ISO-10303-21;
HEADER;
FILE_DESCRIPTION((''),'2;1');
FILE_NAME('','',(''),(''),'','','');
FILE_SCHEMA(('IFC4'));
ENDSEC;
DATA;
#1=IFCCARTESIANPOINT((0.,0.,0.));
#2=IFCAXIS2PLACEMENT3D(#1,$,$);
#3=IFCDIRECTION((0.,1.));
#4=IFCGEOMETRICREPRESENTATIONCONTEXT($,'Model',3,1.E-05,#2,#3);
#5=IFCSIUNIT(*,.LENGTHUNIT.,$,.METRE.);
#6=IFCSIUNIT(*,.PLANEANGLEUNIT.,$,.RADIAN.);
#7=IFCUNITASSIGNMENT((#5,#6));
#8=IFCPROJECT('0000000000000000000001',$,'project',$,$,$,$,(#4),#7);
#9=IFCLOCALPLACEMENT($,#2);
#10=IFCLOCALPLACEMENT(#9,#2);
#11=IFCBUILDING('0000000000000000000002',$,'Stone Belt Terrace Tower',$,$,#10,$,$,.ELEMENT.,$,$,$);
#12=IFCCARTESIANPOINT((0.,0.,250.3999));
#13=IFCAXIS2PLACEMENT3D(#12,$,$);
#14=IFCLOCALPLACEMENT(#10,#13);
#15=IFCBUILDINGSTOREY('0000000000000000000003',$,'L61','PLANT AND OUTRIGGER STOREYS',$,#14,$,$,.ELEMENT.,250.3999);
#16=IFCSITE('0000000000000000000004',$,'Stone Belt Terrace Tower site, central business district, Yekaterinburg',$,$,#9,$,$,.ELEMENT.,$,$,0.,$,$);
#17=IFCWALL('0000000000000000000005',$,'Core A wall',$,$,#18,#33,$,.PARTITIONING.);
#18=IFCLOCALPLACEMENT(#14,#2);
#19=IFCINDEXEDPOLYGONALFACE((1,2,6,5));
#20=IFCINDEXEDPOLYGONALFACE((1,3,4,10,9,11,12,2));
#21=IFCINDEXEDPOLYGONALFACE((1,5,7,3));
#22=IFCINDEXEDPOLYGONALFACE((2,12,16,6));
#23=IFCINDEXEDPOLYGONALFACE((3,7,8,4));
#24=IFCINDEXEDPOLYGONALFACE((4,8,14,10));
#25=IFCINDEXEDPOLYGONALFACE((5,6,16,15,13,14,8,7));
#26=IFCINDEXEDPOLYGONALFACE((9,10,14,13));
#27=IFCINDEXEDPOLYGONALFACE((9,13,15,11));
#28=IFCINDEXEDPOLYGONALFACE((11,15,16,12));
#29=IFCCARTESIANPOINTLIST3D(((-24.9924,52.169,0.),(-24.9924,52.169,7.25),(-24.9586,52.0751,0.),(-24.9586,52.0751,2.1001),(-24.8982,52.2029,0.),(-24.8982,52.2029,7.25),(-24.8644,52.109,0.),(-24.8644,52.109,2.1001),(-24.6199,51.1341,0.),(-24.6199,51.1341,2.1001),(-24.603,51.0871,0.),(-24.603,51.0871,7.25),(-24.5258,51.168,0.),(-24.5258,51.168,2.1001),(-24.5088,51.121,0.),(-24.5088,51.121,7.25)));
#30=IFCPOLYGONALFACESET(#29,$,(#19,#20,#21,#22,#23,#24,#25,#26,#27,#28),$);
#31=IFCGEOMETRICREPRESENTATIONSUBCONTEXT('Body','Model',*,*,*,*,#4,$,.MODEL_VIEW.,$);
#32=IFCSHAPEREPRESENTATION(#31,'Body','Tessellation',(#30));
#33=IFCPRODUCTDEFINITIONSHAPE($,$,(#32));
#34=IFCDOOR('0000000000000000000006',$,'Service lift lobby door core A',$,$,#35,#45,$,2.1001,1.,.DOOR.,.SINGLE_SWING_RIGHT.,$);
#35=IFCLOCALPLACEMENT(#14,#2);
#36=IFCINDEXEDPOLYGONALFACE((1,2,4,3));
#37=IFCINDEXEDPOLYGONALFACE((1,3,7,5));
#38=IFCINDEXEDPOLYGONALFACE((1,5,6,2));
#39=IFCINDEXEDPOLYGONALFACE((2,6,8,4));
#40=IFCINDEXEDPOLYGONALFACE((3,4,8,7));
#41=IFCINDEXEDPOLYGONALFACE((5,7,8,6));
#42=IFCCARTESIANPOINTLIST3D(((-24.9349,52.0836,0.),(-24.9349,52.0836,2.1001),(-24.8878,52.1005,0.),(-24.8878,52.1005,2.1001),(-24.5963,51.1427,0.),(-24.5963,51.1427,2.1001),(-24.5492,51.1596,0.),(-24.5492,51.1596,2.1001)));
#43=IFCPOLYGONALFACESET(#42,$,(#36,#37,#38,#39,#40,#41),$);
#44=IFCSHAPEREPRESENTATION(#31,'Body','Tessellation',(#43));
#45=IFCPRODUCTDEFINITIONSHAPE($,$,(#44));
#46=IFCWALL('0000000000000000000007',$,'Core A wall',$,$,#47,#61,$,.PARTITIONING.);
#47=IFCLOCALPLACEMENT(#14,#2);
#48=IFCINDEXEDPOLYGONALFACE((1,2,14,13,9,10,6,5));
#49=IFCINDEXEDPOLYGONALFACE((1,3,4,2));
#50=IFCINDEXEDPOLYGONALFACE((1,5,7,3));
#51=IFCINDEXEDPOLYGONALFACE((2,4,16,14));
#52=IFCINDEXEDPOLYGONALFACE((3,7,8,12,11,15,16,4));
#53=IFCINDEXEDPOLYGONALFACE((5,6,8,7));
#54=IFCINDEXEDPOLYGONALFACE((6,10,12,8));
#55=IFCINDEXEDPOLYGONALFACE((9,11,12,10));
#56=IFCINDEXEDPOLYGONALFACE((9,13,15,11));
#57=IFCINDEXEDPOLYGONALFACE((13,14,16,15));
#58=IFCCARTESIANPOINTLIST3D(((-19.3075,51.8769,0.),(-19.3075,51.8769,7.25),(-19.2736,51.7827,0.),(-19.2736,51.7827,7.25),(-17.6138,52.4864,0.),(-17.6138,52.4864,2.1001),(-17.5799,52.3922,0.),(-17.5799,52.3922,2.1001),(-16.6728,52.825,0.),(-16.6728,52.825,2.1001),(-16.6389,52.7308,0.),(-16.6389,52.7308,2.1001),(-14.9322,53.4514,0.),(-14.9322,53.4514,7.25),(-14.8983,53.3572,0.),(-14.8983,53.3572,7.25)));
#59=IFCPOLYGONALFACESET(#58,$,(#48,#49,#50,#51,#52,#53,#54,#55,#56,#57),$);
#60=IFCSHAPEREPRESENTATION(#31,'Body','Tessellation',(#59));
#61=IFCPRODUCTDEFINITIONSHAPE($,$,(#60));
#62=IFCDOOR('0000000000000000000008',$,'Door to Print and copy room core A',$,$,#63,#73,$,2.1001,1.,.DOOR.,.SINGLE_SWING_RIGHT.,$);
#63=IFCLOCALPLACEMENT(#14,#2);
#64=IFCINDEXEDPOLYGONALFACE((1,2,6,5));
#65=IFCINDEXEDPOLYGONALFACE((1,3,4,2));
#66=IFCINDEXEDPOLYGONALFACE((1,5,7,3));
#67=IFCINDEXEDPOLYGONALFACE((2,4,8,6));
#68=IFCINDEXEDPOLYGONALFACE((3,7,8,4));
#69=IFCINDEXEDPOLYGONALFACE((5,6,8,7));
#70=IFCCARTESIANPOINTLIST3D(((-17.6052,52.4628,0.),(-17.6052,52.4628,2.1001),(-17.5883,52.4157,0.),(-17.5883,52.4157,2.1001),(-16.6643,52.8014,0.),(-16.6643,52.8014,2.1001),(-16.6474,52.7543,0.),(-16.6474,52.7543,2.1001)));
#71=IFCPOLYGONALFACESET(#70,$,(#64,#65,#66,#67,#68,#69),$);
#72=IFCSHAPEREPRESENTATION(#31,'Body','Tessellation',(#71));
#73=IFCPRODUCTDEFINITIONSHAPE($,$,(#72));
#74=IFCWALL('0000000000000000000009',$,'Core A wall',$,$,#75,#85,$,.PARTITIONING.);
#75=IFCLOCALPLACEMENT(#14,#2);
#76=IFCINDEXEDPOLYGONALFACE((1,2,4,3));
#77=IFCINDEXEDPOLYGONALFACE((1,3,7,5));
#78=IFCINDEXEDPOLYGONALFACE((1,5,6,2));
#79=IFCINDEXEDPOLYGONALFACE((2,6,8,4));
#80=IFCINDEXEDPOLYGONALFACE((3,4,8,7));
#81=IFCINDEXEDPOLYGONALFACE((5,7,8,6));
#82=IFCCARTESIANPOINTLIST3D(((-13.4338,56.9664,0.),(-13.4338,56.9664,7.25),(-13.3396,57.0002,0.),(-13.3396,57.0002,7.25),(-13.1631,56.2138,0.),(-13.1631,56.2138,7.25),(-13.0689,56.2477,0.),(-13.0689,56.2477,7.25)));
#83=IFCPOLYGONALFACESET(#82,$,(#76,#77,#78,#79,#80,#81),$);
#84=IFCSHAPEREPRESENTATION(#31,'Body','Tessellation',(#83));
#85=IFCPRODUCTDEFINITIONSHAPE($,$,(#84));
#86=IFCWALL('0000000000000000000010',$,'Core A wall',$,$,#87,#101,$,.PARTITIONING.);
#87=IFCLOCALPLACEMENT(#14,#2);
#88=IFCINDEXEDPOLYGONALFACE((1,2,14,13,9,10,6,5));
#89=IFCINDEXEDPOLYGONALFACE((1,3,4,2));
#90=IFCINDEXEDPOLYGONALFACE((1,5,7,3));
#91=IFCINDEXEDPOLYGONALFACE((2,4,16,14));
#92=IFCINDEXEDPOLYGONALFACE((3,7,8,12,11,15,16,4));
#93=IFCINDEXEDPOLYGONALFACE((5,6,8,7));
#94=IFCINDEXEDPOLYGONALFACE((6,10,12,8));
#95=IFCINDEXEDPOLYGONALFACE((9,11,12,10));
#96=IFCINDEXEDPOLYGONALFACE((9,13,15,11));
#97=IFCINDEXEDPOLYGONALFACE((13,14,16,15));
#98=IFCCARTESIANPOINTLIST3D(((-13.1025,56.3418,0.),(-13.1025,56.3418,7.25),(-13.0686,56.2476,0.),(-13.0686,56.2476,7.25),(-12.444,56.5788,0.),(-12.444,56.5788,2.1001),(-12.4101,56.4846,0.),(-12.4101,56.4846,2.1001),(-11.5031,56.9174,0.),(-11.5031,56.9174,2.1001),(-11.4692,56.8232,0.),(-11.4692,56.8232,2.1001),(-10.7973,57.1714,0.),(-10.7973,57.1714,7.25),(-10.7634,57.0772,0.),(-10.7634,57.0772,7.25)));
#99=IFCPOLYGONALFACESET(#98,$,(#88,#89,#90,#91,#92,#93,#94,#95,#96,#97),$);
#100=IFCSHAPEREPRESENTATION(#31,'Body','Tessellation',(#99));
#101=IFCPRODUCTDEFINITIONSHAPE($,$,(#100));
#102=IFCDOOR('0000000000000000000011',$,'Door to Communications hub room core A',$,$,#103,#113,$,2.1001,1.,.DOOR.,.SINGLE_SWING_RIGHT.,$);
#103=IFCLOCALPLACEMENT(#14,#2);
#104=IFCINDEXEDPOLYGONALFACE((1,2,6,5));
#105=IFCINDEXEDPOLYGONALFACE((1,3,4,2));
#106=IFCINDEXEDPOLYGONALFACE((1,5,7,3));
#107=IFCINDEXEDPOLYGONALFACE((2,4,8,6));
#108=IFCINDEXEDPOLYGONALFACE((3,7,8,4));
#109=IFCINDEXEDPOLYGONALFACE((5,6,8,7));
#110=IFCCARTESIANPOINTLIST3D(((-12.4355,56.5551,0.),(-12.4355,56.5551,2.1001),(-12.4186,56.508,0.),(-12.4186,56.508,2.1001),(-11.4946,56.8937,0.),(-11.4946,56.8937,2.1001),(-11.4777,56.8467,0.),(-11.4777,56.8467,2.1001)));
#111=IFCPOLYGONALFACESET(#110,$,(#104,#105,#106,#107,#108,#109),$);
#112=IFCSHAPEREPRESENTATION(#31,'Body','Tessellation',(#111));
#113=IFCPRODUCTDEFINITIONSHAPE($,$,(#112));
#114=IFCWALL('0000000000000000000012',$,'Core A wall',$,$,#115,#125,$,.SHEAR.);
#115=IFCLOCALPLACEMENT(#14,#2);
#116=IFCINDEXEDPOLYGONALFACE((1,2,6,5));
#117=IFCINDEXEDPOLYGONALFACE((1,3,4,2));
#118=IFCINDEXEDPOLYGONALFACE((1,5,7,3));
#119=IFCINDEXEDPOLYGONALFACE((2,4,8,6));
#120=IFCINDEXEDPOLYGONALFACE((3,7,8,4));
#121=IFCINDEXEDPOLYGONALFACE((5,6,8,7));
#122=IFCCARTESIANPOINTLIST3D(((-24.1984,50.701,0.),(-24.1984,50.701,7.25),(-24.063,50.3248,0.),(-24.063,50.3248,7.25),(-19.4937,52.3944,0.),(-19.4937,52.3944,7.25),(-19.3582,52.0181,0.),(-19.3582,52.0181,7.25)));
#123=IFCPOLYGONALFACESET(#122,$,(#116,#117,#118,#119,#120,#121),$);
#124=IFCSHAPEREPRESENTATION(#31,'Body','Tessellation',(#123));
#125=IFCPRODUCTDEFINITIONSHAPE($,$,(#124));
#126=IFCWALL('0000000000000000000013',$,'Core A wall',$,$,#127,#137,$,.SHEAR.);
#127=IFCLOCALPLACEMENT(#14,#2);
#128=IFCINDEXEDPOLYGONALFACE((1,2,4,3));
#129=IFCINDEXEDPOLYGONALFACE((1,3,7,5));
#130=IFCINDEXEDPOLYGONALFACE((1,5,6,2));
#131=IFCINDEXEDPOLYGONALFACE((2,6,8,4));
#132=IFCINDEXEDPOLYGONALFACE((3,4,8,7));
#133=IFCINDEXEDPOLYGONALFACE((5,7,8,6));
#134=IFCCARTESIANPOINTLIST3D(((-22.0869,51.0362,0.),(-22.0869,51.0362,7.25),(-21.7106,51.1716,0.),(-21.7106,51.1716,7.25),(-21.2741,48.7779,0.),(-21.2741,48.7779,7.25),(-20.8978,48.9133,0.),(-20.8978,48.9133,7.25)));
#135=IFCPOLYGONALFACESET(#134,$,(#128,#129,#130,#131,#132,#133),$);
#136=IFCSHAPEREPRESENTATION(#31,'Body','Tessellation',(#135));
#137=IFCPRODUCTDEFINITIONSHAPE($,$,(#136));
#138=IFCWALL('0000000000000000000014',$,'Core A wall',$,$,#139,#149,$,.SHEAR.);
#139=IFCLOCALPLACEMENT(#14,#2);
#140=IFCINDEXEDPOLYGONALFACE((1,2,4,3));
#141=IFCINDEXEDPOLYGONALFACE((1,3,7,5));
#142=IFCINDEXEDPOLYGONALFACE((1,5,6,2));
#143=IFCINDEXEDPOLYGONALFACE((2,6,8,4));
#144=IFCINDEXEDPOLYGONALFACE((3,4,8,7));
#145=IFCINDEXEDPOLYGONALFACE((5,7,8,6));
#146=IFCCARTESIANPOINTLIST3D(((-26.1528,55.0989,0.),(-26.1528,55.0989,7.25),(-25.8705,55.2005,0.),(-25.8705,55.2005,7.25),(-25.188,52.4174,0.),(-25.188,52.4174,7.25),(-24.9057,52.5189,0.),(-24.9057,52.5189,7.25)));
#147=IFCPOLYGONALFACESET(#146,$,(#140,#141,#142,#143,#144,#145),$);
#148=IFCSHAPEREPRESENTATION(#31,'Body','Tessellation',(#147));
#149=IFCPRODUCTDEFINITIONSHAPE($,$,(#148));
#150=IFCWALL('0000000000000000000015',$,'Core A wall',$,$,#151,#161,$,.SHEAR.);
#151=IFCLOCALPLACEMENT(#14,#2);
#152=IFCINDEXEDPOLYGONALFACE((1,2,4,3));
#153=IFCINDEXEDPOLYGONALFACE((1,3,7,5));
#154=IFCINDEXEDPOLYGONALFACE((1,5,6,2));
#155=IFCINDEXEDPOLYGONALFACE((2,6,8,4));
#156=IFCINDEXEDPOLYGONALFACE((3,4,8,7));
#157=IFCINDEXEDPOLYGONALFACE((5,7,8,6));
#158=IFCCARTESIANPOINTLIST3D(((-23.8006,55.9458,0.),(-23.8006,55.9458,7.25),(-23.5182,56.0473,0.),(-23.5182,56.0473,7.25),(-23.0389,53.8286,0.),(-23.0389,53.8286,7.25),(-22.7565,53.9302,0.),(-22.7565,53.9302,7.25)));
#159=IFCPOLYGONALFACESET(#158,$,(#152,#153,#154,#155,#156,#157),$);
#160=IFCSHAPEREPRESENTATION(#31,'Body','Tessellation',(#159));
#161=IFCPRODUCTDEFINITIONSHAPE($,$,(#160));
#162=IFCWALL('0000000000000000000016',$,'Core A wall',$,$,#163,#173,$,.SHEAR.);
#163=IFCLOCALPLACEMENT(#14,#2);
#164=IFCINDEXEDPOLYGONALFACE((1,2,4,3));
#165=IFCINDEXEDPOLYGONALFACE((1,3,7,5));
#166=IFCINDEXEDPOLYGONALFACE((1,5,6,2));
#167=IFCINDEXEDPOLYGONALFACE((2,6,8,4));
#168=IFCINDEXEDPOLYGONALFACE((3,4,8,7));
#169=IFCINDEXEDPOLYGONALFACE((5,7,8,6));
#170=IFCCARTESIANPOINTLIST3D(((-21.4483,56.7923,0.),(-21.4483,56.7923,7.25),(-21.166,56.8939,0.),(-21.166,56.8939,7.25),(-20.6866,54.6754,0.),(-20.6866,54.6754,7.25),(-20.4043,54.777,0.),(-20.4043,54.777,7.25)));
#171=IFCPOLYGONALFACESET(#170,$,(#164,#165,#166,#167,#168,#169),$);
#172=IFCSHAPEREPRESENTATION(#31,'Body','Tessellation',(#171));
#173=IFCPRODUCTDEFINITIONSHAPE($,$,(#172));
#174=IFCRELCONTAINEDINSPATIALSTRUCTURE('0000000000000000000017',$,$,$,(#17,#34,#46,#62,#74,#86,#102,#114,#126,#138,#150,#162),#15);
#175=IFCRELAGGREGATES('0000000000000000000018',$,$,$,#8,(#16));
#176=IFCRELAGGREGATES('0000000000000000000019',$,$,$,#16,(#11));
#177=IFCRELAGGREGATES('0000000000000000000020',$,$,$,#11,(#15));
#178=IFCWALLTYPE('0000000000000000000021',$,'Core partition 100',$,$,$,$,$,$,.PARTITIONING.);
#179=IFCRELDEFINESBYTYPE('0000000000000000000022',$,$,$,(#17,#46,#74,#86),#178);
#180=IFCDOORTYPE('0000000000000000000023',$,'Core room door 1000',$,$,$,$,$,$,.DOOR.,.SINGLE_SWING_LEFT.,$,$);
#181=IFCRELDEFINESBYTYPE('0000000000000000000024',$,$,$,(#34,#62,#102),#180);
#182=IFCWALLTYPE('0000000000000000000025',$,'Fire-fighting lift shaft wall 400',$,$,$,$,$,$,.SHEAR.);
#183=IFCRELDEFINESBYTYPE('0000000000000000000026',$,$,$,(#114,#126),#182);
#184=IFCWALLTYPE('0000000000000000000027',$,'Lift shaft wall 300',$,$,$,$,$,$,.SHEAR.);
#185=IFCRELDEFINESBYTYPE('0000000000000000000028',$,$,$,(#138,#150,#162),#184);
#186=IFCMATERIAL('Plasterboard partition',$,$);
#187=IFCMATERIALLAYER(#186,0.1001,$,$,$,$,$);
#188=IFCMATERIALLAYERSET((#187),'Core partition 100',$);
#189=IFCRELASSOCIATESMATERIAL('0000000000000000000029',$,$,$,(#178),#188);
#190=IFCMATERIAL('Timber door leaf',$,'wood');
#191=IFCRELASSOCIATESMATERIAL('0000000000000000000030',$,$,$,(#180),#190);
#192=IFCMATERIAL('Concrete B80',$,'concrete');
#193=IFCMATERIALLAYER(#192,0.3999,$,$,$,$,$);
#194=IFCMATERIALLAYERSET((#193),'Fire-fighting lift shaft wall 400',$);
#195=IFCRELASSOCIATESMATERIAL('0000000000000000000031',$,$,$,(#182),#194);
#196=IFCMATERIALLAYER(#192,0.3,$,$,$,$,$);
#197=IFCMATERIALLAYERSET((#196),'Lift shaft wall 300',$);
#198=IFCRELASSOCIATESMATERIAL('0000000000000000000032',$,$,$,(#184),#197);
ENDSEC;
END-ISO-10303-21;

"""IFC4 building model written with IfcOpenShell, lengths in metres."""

from ifc_helpers import new_model, si_unit, direction, frame, frame_2d, origin, place, context, subcontext, project, spatial, rectangle, extrude, material, layer, layer_set, type_object, element, fill, save


model = new_model("IFC4")

# Units and contexts
model_context = context("Model", 3, precision=1e-05, world=origin(), true_north=direction((0.0, 1.0)))
body_context = subcontext(model_context, "Body", "Model", "MODEL_VIEW")
ifc_project = project(units=[si_unit("LENGTHUNIT", "METRE"), si_unit("PLANEANGLEUNIT", "RADIAN")], contexts=[model_context])

# Site, building, storey
site_placement = place(None, origin())
site = spatial("IfcSite", under=ifc_project, at=site_placement, Name="Stone Belt Terrace Tower site, central business district, Yekaterinburg", CompositionType="ELEMENT", RefElevation=0.0)
building_placement = place(site_placement, origin())
building = spatial("IfcBuilding", under=site, at=building_placement, Name="Stone Belt Terrace Tower", CompositionType="ELEMENT")
storey_placement = place(building_placement, frame((0.0, 0.0, 250.3999)))
storey = spatial("IfcBuildingStorey", under=building, at=storey_placement, Name="L61", Description="PLANT AND OUTRIGGER STOREYS", CompositionType="ELEMENT", Elevation=250.3999)

# Walls, openings, doors
ifc_material_1 = material(Name="Plasterboard partition")
ifc_layer_1 = layer(ifc_material_1, 0.1001)
ifc_layer_set_1 = layer_set([ifc_layer_1], Name="Core partition 100")
wall_type_1 = type_object("IfcWallType", Name="Core partition 100", PredefinedType="PARTITIONING", material=ifc_layer_set_1)
wall_1_placement = place(storey_placement, frame((-24.5559, 51.104, 0.0), z_axis=(0.0, 0.0, 1.0), x_axis=(-0.338622, 0.940923, 0.0)))
wall_1 = element("IfcWall", 1, at=wall_1_placement, inside=storey, type_object=wall_type_1, Name="Core A wall", PredefinedType="PARTITIONING", context=body_context, shape_type="SweptSolid", body=[
    extrude(rectangle(XDim=1.1499, YDim=0.1001, at=frame_2d((0.575, 0.0))), origin(), (0.0, 0.0, 1.0), 7.25),
])
opening_1_placement = place(wall_1_placement, frame((0.05, 0.0, 0.0)))
opening_1 = element("IfcOpeningElement", 2, at=opening_1_placement, cuts=wall_1, PredefinedType="OPENING", context=body_context, shape_type="SweptSolid", body=[
    extrude(rectangle(XDim=1.0, YDim=2.1001, at=frame_2d((0.5, 1.05))), frame((0.0, 0.0601, 0.0), z_axis=(0.0, -1.0, 0.0), x_axis=(1.0, 0.0, 0.0)), (0.0, 0.0, 1.0), 0.1201),
])
ifc_material_2 = material(Name="Timber door leaf", Category="wood")
door_type = type_object("IfcDoorType", Name="Core room door 1000", OperationType="SINGLE_SWING_LEFT", PredefinedType="DOOR", material=ifc_material_2)
door_1_placement = place(opening_1_placement, origin())
door_1 = element("IfcDoor", 3, at=door_1_placement, inside=storey, type_object=door_type, Name="Service lift lobby door core A", OperationType="SINGLE_SWING_RIGHT", OverallHeight=2.1001, OverallWidth=1.0, PredefinedType="DOOR", context=body_context, shape_type="SweptSolid", body=[
    extrude(rectangle(XDim=1.0, YDim=2.1001, at=frame_2d((0.5, 1.05))), frame((0.0, 0.0249, 0.0), z_axis=(0.0, -1.0, 0.0), x_axis=(1.0, 0.0, 0.0)), (0.0, 0.0, 1.0), 0.05),
])
fill(opening_1, door_1)
wall_2_placement = place(storey_placement, frame((-19.2905, 51.8298, 0.0), z_axis=(0.0, 0.0, 1.0), x_axis=(0.94093, 0.3386, 0.0)))
wall_2 = element("IfcWall", 4, at=wall_2_placement, inside=storey, type_object=wall_type_1, Name="Core A wall", PredefinedType="PARTITIONING", context=body_context, shape_type="SweptSolid", body=[
    extrude(rectangle(XDim=4.6499, YDim=0.1001, at=frame_2d((2.325, 0.0))), origin(), (0.0, 0.0, 1.0), 7.25),
])
opening_2_placement = place(wall_2_placement, frame((1.8, 0.0, 0.0)))
opening_2 = element("IfcOpeningElement", 5, at=opening_2_placement, cuts=wall_2, PredefinedType="OPENING", context=body_context, shape_type="SweptSolid", body=[
    extrude(rectangle(XDim=1.0, YDim=2.1001, at=frame_2d((0.5, 1.05))), frame((0.0, 0.0601, 0.0), z_axis=(0.0, -1.0, 0.0), x_axis=(1.0, 0.0, 0.0)), (0.0, 0.0, 1.0), 0.1201),
])
door_2_placement = place(opening_2_placement, origin())
door_2 = element("IfcDoor", 6, at=door_2_placement, inside=storey, type_object=door_type, Name="Door to Print and copy room core A", OperationType="SINGLE_SWING_RIGHT", OverallHeight=2.1001, OverallWidth=1.0, PredefinedType="DOOR", context=body_context, shape_type="SweptSolid", body=[
    extrude(rectangle(XDim=1.0, YDim=2.1001, at=frame_2d((0.5, 1.05))), frame((0.0, 0.0249, 0.0), z_axis=(0.0, -1.0, 0.0), x_axis=(1.0, 0.0, 0.0)), (0.0, 0.0, 1.0), 0.05),
])
fill(opening_2, door_2)

# Wall
wall_3_placement = place(storey_placement, frame((-13.116, 56.2307, 0.0), z_axis=(0.0, 0.0, 1.0), x_axis=(-0.338482, 0.940973, 0.0)))
element("IfcWall", 7, at=wall_3_placement, inside=storey, type_object=wall_type_1, Name="Core A wall", PredefinedType="PARTITIONING", context=body_context, shape_type="SweptSolid", body=[
    extrude(rectangle(XDim=0.7998, YDim=0.1001, at=frame_2d((0.3999, 0.0))), origin(), (0.0, 0.0, 1.0), 7.25),
])

# Wall, opening, door
wall_4_placement = place(storey_placement, frame((-13.0857, 56.2947, 0.0), z_axis=(0.0, 0.0, 1.0), x_axis=(0.940923, 0.338621, 0.0)))
wall_4 = element("IfcWall", 8, at=wall_4_placement, inside=storey, type_object=wall_type_1, Name="Core A wall", PredefinedType="PARTITIONING", context=body_context, shape_type="SweptSolid", body=[
    extrude(rectangle(XDim=2.45, YDim=0.1001, at=frame_2d((1.2251, 0.0))), origin(), (0.0, 0.0, 1.0), 7.25),
])
opening_3_placement = place(wall_4_placement, frame((0.7, 0.0, 0.0)))
opening_3 = element("IfcOpeningElement", 9, at=opening_3_placement, cuts=wall_4, PredefinedType="OPENING", context=body_context, shape_type="SweptSolid", body=[
    extrude(rectangle(XDim=1.0, YDim=2.1001, at=frame_2d((0.5, 1.05))), frame((0.0, 0.0601, 0.0), z_axis=(0.0, -1.0, 0.0), x_axis=(1.0, 0.0, 0.0)), (0.0, 0.0, 1.0), 0.1201),
])
door_3_placement = place(opening_3_placement, origin())
door_3 = element("IfcDoor", 10, at=door_3_placement, inside=storey, type_object=door_type, Name="Door to Communications hub room core A", OperationType="SINGLE_SWING_RIGHT", OverallHeight=2.1001, OverallWidth=1.0, PredefinedType="DOOR", context=body_context, shape_type="SweptSolid", body=[
    extrude(rectangle(XDim=1.0, YDim=2.1001, at=frame_2d((0.5, 1.05))), frame((0.0, 0.0249, 0.0), z_axis=(0.0, -1.0, 0.0), x_axis=(1.0, 0.0, 0.0)), (0.0, 0.0, 1.0), 0.05),
])
fill(opening_3, door_3)

# Walls
ifc_material_3 = material(Name="Concrete B80", Category="concrete")
ifc_layer_2 = layer(ifc_material_3, 0.3999)
ifc_layer_set_2 = layer_set([ifc_layer_2], Name="Fire-fighting lift shaft wall 400")
wall_type_2 = type_object("IfcWallType", Name="Fire-fighting lift shaft wall 400", PredefinedType="SHEAR", material=ifc_layer_set_2)
wall_5_placement = place(storey_placement, frame((-24.1306, 50.5129, 0.0), z_axis=(0.0, 0.0, 1.0), x_axis=(0.940912, 0.338652, 0.0)))
element("IfcWall", 11, at=wall_5_placement, inside=storey, type_object=wall_type_2, Name="Core A wall", PredefinedType="SHEAR", context=body_context, shape_type="SweptSolid", body=[
    extrude(rectangle(XDim=5.0002, YDim=0.3999, at=frame_2d((2.5, 0.0))), origin(), (0.0, 0.0, 1.0), 7.25),
])
wall_6_placement = place(storey_placement, frame((-21.0859, 48.8455, 0.0), z_axis=(0.0, 0.0, 1.0), x_axis=(-0.338629, 0.94092, 0.0)))
element("IfcWall", 12, at=wall_6_placement, inside=storey, type_object=wall_type_2, Name="Core A wall", PredefinedType="SHEAR", context=body_context, shape_type="SweptSolid", body=[
    extrude(rectangle(XDim=2.4001, YDim=0.3999, at=frame_2d((1.2002, 0.0))), origin(), (0.0, 0.0, 1.0), 7.25),
])
ifc_layer_3 = layer(ifc_material_3, 0.3)
ifc_layer_set_3 = layer_set([ifc_layer_3], Name="Lift shaft wall 300")
wall_type_3 = type_object("IfcWallType", Name="Lift shaft wall 300", PredefinedType="SHEAR", material=ifc_layer_set_3)
wall_7_placement = place(storey_placement, frame((-25.0469, 52.4683, 0.0), z_axis=(0.0, 0.0, 1.0), x_axis=(-0.33855, 0.940949, 0.0)))
element("IfcWall", 13, at=wall_7_placement, inside=storey, type_object=wall_type_3, Name="Core A wall", PredefinedType="SHEAR", context=body_context, shape_type="SweptSolid", body=[
    extrude(rectangle(XDim=2.8499, YDim=0.3, at=frame_2d((1.4248, 0.0))), origin(), (0.0, 0.0, 1.0), 7.25),
])
wall_8_placement = place(storey_placement, frame((-22.8977, 53.8794, 0.0), z_axis=(0.0, 0.0, 1.0), x_axis=(-0.338535, 0.940954, 0.0)))
element("IfcWall", 14, at=wall_8_placement, inside=storey, type_object=wall_type_3, Name="Core A wall", PredefinedType="SHEAR", context=body_context, shape_type="SweptSolid", body=[
    extrude(rectangle(XDim=2.25, YDim=0.3, at=frame_2d((1.125, 0.0))), origin(), (0.0, 0.0, 1.0), 7.25),
])
wall_9_placement = place(storey_placement, frame((-20.5454, 54.7261, 0.0), z_axis=(0.0, 0.0, 1.0), x_axis=(-0.33857, 0.940941, 0.0)))
element("IfcWall", 15, at=wall_9_placement, inside=storey, type_object=wall_type_3, Name="Core A wall", PredefinedType="SHEAR", context=body_context, shape_type="SweptSolid", body=[
    extrude(rectangle(XDim=2.2498, YDim=0.3, at=frame_2d((1.125, 0.0))), origin(), (0.0, 0.0, 1.0), 7.25),
])

save(model, "model.ifc")
